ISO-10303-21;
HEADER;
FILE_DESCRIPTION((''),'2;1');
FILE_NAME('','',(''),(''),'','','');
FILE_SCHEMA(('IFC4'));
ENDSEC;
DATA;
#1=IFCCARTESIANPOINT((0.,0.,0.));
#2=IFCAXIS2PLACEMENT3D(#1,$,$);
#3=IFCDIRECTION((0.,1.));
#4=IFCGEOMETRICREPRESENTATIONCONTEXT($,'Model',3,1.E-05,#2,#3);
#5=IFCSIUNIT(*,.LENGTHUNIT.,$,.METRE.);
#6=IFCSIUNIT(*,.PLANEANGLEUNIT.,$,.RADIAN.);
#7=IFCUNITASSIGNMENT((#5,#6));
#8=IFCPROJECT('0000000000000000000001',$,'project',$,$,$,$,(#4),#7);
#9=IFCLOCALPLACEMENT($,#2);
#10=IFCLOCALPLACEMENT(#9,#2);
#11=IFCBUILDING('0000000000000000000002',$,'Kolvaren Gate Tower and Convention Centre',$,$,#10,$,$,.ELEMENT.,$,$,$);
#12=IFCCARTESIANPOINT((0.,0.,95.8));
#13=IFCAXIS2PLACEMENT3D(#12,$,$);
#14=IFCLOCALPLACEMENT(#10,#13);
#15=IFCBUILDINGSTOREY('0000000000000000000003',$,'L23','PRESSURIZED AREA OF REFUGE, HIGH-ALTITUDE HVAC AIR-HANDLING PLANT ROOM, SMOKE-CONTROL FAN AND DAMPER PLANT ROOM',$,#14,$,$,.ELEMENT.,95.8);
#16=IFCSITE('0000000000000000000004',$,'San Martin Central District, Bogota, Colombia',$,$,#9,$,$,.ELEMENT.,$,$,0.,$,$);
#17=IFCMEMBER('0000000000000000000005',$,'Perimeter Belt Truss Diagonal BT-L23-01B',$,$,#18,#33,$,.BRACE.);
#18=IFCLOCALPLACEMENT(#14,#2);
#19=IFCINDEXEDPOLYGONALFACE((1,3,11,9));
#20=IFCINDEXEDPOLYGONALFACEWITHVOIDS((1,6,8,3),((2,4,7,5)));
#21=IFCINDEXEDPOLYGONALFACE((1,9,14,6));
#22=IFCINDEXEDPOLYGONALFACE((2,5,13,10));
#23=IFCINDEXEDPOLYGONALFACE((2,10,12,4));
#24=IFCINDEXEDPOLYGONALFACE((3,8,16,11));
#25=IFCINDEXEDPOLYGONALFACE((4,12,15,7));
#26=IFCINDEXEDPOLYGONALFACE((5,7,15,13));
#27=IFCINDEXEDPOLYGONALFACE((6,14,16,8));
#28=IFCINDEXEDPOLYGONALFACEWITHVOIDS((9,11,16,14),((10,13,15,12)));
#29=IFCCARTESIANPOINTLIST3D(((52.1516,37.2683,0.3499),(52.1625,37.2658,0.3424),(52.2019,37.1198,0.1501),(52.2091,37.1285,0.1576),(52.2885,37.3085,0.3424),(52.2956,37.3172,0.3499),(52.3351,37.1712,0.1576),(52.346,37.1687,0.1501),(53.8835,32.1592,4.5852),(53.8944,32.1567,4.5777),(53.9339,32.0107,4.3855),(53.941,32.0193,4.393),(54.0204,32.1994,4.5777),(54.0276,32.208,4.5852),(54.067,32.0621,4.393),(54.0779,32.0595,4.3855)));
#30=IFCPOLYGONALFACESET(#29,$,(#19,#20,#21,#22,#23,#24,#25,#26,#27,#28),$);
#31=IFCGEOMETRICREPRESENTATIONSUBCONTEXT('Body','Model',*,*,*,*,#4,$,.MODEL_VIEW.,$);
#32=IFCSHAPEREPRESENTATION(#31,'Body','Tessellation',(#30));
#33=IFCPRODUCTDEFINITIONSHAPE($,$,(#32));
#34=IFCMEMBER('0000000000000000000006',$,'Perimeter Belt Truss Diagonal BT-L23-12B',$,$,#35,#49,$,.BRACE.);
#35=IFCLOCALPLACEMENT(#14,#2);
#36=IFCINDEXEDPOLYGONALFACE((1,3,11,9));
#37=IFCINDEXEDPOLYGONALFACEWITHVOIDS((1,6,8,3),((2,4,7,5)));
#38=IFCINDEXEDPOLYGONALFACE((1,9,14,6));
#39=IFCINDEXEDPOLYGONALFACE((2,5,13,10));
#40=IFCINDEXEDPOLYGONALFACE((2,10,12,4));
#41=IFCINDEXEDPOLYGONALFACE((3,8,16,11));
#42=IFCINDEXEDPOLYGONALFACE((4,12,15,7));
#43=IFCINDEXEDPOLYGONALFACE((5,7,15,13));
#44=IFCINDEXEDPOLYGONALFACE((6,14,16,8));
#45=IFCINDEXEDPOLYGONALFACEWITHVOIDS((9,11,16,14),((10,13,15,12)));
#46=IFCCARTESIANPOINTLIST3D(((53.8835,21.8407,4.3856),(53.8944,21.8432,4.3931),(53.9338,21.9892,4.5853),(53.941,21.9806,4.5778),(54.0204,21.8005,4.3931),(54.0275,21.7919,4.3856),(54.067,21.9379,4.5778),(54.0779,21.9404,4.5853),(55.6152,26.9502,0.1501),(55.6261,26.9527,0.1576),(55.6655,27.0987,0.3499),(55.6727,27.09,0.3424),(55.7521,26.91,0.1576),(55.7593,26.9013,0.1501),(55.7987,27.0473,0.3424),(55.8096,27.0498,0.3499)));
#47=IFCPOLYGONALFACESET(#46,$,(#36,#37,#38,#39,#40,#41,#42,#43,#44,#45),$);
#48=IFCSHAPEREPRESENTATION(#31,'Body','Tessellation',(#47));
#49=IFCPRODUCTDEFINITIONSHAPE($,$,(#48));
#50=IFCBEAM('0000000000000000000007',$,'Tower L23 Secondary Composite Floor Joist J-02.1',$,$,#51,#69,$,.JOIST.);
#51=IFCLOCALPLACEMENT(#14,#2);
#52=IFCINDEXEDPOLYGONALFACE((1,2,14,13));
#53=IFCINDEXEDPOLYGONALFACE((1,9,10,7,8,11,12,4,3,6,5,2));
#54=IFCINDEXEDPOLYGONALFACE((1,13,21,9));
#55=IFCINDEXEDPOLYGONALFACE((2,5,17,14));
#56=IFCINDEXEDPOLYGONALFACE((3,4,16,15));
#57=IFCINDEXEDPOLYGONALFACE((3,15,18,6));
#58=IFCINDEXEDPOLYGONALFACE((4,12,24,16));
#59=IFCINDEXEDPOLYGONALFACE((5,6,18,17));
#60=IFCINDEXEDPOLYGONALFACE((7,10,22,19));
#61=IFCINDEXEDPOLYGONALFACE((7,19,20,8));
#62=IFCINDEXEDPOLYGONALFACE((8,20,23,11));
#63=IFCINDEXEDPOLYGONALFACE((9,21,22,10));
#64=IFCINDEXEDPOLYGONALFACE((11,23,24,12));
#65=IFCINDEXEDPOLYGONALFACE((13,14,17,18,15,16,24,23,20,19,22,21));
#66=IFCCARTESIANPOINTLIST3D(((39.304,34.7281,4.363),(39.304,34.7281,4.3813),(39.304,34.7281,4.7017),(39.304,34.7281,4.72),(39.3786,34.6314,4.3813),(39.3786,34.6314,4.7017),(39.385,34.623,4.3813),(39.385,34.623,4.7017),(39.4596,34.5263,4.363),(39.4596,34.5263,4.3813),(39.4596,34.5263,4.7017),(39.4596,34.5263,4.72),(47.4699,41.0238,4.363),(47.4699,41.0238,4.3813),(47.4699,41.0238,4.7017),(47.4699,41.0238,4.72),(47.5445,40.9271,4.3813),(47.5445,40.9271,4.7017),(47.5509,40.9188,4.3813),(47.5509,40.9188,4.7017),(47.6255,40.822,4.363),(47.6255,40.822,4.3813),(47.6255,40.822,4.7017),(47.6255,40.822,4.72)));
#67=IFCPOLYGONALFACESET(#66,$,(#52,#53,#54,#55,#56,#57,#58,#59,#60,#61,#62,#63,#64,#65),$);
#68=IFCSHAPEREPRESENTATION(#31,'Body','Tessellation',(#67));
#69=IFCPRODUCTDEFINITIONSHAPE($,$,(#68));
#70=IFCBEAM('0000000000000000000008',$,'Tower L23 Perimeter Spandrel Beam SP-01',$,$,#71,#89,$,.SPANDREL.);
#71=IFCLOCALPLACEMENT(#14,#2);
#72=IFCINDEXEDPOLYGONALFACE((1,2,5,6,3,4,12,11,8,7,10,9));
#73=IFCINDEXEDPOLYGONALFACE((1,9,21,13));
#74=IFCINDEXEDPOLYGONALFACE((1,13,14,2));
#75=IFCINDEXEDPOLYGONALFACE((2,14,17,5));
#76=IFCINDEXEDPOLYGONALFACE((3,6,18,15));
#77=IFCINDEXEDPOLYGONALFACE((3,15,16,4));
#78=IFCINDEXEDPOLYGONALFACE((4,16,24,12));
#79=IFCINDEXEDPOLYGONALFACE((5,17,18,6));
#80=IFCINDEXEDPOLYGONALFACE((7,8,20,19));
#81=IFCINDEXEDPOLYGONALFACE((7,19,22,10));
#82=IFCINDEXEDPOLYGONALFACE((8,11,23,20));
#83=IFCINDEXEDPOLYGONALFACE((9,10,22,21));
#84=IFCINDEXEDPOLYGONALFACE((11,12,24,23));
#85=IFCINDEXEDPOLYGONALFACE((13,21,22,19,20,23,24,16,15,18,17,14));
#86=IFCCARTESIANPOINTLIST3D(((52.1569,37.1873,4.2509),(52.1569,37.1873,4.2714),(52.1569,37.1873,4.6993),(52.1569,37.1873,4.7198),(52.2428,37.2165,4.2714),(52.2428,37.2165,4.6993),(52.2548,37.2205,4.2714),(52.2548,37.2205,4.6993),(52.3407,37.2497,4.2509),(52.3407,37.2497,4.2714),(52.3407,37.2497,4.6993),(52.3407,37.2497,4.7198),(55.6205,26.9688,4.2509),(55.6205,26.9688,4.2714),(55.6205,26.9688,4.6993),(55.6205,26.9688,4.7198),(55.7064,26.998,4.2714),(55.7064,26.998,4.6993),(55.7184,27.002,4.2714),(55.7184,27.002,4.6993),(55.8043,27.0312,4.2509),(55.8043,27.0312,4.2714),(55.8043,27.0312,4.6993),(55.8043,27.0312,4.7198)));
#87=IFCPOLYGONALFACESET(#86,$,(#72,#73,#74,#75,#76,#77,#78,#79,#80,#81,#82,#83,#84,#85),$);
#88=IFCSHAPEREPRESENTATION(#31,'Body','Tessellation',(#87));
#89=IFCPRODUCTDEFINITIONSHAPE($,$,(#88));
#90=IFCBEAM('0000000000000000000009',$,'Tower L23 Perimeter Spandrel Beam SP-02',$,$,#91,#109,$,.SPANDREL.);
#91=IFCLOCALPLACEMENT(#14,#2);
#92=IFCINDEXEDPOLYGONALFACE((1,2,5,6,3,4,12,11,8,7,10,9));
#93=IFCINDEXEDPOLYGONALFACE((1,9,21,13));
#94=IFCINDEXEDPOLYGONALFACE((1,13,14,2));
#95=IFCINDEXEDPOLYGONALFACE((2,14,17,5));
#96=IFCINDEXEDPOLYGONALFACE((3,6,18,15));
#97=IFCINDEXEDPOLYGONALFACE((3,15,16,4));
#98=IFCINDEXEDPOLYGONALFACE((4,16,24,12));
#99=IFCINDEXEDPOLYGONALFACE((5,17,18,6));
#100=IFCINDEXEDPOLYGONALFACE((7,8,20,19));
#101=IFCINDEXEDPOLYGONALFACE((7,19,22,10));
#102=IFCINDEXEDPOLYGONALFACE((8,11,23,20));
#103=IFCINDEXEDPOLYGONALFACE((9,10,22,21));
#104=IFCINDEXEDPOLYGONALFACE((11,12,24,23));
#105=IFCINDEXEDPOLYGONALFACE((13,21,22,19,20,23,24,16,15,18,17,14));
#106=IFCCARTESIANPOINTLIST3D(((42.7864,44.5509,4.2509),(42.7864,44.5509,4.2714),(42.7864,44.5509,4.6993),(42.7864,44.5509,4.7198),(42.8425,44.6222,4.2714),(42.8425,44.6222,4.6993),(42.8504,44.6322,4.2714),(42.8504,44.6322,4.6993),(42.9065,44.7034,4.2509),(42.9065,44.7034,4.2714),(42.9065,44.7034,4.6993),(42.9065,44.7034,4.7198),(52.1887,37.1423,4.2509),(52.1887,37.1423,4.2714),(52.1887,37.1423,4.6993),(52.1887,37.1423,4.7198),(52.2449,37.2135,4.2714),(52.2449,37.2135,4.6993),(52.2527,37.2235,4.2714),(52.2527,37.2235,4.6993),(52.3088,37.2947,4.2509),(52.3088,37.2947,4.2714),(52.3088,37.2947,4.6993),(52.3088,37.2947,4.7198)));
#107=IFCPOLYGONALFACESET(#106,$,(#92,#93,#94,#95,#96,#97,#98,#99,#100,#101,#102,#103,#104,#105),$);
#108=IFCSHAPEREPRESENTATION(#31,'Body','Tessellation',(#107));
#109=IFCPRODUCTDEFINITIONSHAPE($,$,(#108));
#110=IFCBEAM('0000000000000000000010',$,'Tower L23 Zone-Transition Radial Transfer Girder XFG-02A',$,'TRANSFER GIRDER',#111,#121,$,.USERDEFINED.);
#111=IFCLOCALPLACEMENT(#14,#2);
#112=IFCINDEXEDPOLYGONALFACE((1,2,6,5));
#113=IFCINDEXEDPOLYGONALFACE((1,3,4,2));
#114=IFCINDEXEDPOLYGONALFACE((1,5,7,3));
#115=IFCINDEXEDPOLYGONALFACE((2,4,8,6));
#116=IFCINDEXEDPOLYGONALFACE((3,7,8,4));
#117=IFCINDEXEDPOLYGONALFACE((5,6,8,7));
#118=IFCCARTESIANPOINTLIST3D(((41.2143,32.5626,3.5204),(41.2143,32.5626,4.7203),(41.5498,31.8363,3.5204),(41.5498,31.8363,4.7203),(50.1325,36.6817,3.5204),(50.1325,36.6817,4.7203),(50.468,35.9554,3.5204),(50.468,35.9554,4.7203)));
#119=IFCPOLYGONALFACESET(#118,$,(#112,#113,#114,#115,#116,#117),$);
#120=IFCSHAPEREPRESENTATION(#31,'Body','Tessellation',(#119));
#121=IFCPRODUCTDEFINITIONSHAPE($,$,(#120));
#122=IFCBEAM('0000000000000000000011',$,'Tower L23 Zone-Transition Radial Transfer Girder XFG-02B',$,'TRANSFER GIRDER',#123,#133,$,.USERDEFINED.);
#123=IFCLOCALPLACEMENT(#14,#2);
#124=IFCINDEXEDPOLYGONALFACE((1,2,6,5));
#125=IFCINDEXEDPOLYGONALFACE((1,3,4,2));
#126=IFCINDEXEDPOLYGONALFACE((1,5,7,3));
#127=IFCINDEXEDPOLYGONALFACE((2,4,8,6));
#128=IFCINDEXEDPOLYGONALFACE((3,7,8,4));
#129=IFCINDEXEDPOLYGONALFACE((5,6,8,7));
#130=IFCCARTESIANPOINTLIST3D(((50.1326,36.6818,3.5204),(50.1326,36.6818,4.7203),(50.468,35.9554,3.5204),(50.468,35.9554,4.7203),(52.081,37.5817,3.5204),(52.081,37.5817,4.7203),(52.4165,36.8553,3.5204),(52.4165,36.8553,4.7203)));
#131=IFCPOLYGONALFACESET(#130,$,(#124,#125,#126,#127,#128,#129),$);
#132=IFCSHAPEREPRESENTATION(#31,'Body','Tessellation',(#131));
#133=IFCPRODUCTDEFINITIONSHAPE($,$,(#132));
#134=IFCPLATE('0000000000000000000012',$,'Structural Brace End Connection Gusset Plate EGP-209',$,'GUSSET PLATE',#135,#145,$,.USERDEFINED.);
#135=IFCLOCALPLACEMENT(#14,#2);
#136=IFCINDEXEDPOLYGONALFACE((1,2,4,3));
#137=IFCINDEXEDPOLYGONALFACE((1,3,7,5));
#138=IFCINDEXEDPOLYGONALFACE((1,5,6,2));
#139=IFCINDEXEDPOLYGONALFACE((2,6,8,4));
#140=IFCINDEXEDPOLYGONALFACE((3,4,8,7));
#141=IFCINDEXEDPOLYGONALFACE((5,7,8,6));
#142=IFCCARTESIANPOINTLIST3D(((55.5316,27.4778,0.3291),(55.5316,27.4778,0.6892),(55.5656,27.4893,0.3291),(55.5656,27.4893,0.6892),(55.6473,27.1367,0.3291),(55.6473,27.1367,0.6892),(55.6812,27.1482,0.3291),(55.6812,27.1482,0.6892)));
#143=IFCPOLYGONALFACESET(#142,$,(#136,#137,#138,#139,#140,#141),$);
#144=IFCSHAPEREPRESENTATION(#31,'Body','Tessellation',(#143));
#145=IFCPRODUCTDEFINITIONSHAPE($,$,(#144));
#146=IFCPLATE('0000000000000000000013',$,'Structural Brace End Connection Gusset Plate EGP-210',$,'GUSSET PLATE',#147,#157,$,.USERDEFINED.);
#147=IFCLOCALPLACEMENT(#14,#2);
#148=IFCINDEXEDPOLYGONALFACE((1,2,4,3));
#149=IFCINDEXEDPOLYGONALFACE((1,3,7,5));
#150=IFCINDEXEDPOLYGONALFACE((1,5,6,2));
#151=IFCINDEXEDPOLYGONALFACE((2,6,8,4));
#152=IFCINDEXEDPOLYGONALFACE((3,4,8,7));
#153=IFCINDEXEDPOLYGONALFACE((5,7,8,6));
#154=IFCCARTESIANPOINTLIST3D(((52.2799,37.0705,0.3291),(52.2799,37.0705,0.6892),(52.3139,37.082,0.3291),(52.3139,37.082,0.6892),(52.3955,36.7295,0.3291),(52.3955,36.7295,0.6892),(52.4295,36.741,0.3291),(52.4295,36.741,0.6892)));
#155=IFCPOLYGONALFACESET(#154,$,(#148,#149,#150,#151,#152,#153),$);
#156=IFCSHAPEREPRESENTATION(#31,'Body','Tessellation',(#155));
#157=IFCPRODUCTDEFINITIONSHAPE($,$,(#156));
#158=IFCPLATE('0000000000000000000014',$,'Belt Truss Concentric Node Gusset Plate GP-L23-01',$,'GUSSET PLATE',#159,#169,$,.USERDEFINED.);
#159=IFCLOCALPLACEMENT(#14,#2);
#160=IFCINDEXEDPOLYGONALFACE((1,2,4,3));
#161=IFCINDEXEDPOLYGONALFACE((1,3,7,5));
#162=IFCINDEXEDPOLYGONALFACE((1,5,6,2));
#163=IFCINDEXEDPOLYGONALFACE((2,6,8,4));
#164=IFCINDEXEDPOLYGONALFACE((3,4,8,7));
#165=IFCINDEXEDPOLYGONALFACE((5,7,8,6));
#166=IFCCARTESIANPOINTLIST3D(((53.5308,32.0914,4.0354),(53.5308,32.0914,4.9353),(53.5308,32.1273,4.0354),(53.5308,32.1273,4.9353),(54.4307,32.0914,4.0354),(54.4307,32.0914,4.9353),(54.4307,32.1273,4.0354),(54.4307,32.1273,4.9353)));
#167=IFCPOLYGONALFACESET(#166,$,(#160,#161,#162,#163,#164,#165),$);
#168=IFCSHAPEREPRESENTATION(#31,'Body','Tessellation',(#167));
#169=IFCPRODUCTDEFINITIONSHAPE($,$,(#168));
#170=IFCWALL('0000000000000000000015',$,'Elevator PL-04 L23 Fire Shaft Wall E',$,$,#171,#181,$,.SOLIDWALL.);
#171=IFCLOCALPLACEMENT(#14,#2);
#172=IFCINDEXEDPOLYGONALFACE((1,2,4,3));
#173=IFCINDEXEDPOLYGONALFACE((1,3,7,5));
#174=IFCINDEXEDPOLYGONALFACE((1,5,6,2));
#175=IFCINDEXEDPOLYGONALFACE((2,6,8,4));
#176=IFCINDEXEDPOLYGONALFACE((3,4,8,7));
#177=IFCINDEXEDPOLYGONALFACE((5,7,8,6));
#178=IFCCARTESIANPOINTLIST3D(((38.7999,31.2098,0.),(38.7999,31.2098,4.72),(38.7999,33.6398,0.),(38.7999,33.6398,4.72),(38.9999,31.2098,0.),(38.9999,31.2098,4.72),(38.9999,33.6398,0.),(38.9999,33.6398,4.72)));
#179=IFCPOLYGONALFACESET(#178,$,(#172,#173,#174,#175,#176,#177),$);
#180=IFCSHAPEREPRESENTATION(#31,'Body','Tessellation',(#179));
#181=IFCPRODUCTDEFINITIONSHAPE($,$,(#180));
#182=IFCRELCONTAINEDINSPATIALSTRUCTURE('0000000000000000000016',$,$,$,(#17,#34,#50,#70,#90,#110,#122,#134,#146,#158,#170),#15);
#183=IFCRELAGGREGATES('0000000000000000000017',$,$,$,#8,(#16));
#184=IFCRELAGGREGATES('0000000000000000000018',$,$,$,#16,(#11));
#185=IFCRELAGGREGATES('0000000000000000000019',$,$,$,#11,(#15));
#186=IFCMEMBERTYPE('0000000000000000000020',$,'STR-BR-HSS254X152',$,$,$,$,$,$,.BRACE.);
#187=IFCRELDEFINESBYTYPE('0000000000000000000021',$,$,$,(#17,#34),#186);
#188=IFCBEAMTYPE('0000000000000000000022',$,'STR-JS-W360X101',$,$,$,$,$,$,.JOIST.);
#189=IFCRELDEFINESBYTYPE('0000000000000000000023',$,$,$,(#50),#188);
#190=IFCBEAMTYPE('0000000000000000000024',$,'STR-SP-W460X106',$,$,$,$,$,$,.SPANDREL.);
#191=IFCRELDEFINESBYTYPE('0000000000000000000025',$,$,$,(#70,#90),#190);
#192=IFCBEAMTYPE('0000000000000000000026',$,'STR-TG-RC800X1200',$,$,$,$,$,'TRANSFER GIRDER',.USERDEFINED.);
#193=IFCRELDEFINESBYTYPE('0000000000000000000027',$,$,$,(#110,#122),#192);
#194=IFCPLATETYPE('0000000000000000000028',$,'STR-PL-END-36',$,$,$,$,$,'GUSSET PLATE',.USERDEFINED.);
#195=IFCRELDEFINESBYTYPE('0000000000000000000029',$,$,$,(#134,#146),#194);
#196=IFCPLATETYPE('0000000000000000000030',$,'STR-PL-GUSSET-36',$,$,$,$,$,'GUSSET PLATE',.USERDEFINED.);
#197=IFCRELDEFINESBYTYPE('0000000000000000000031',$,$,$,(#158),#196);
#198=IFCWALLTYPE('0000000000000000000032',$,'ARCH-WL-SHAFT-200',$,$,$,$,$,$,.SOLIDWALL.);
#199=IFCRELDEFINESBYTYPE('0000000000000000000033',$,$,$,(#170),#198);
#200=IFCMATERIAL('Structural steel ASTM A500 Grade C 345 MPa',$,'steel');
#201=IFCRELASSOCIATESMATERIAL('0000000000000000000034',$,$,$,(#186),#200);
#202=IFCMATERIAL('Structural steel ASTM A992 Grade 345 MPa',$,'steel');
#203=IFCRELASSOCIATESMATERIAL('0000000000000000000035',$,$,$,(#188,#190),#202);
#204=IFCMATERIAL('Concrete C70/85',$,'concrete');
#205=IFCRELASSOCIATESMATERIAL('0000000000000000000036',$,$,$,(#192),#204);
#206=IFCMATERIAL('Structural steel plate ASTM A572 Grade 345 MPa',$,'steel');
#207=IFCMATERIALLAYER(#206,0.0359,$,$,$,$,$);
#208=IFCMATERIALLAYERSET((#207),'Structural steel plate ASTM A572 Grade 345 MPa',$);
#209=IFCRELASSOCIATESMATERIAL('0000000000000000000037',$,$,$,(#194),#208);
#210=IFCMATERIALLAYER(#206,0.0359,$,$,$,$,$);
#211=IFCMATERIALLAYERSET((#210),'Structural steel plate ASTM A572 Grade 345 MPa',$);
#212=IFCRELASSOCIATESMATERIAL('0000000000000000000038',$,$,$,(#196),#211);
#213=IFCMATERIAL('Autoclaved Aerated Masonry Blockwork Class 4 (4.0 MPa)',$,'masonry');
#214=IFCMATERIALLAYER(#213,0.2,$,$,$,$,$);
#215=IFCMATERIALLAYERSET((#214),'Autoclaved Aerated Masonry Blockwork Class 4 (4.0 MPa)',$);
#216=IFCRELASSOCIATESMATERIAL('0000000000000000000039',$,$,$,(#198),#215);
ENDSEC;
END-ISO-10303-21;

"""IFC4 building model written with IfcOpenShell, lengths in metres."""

from ifc_helpers import new_model, si_unit, direction, frame, frame_2d, origin, origin_2d, place, context, subcontext, project, spatial, rectangle, hollow_rectangle, i_section, extrude, material, layer, layer_set, material_profile, profile_set, type_object, element, save


model = new_model("IFC4")

# Units and contexts
model_context = context("Model", 3, precision=1e-05, world=origin(), true_north=direction((0.0, 1.0)))
body_context = subcontext(model_context, "Body", "Model", "MODEL_VIEW")
ifc_project = project(units=[si_unit("LENGTHUNIT", "METRE"), si_unit("PLANEANGLEUNIT", "RADIAN")], contexts=[model_context])

# Site, building, storey
site_placement = place(None, origin())
site = spatial("IfcSite", under=ifc_project, at=site_placement, Name="San Martin Central District, Bogota, Colombia", CompositionType="ELEMENT", RefElevation=0.0)
building_placement = place(site_placement, origin())
building = spatial("IfcBuilding", under=site, at=building_placement, Name="Kolvaren Gate Tower and Convention Centre", CompositionType="ELEMENT")
storey_placement = place(building_placement, frame((0.0, 0.0, 95.8)))
storey = spatial("IfcBuildingStorey", under=building, at=storey_placement, Name="L23", Description="PRESSURIZED AREA OF REFUGE, HIGH-ALTITUDE HVAC AIR-HANDLING PLANT ROOM, SMOKE-CONTROL FAN AND DAMPER PLANT ROOM", CompositionType="ELEMENT", Elevation=95.8)

# Shared definitions
ifc_material_1 = material(Name="Concrete C70/85", Category="concrete")

# Shared definitions
ifc_material_2 = material(Name="Structural steel ASTM A992 Grade 345 MPa", Category="steel")

# Members
ifc_material_3 = material(Name="Structural steel ASTM A500 Grade C 345 MPa", Category="steel")
ifc_material_profile_1 = material_profile(ifc_material_3, hollow_rectangle(XDim=0.1521, YDim=0.2539, WallThickness=0.0095, at=origin_2d()), Name="HSS254X152X9.5")
ifc_profile_set_1 = profile_set([ifc_material_profile_1], Name="Structural steel ASTM A500 Grade C 345 MPa")
member_type_1 = type_object("IfcMemberType", Name="STR-BR-HSS254X152", PredefinedType="BRACE", material=ifc_profile_set_1)
member_1_placement = place(storey_placement, frame((52.2488, 37.2185, 0.25), z_axis=(0.252518, -0.744918, 0.61752), x_axis=(0.947064, 0.321043, 0.0)))
element("IfcMember", 1, at=member_1_placement, inside=storey, type_object=member_type_1, Name="Perimeter Belt Truss Diagonal BT-L23-01B", PredefinedType="BRACE", context=body_context, shape_type="SweptSolid", body=[
    extrude(hollow_rectangle(XDim=0.1521, YDim=0.2539, WallThickness=0.0095, at=origin_2d()), origin(), (0.0, 0.0, 1.0), 6.8586),
])
member_2_placement = place(storey_placement, frame((55.7124, 27.0, 0.25), z_axis=(-0.252478, -0.744941, 0.617509), x_axis=(0.947083, -0.320989, 0.0)))
element("IfcMember", 2, at=member_2_placement, inside=storey, type_object=member_type_1, Name="Perimeter Belt Truss Diagonal BT-L23-12B", PredefinedType="BRACE", context=body_context, shape_type="SweptSolid", body=[
    extrude(hollow_rectangle(XDim=0.1521, YDim=0.2539, WallThickness=0.0095, at=origin_2d()), origin(), (0.0, 0.0, 1.0), 6.8589),
])

# Beams
ifc_material_profile_2 = material_profile(ifc_material_2, i_section(OverallWidth=0.2549, OverallDepth=0.3569, WebThickness=0.0105, FlangeThickness=0.0183, at=origin_2d()), Name="W360X101")
ifc_profile_set_2 = profile_set([ifc_material_profile_2], Name="Structural steel ASTM A992 Grade 345 MPa")
beam_type_1 = type_object("IfcBeamType", Name="STR-JS-W360X101", PredefinedType="JOIST", material=ifc_profile_set_2)
beam_1_placement = place(storey_placement, frame((39.3818, 34.6272, 4.5415), z_axis=(0.791954, 0.610581, 0.0), x_axis=(-0.610581, 0.791954, 0.0)))
element("IfcBeam", 3, at=beam_1_placement, inside=storey, type_object=beam_type_1, Name="Tower L23 Secondary Composite Floor Joist J-02.1", PredefinedType="JOIST", context=body_context, shape_type="SweptSolid", body=[
    extrude(i_section(OverallWidth=0.2549, OverallDepth=0.3569, WebThickness=0.0105, FlangeThickness=0.0183, at=origin_2d()), origin(), (0.0, 0.0, 1.0), 10.311),
])
ifc_material_profile_3 = material_profile(ifc_material_2, i_section(OverallWidth=0.1941, OverallDepth=0.469, WebThickness=0.0127, FlangeThickness=0.0205, at=origin_2d()), Name="W460X106")
ifc_profile_set_3 = profile_set([ifc_material_profile_3], Name="Structural steel ASTM A992 Grade 345 MPa")
beam_type_2 = type_object("IfcBeamType", Name="STR-SP-W460X106", PredefinedType="SPANDREL", material=ifc_profile_set_3)
beam_2_placement = place(storey_placement, frame((55.7124, 27.0, 4.4854), z_axis=(-0.321016, 0.947074, 0.0), x_axis=(-0.947074, -0.321016, 0.0)))
element("IfcBeam", 4, at=beam_2_placement, inside=storey, type_object=beam_type_2, Name="Tower L23 Perimeter Spandrel Beam SP-01", PredefinedType="SPANDREL", context=body_context, shape_type="SweptSolid", body=[
    extrude(i_section(OverallWidth=0.1941, OverallDepth=0.469, WebThickness=0.0127, FlangeThickness=0.0205, at=origin_2d()), origin(), (0.0, 0.0, 1.0), 10.7896),
])
beam_3_placement = place(storey_placement, frame((52.2488, 37.2185, 4.4854), z_axis=(-0.78546, 0.618913, 0.0), x_axis=(-0.618913, -0.78546, 0.0)))
element("IfcBeam", 5, at=beam_3_placement, inside=storey, type_object=beam_type_2, Name="Tower L23 Perimeter Spandrel Beam SP-02", PredefinedType="SPANDREL", context=body_context, shape_type="SweptSolid", body=[
    extrude(i_section(OverallWidth=0.1941, OverallDepth=0.469, WebThickness=0.0127, FlangeThickness=0.0205, at=origin_2d()), origin(), (0.0, 0.0, 1.0), 11.9705),
])
ifc_material_profile_4 = material_profile(ifc_material_1, rectangle(XDim=0.8, YDim=1.2, at=origin_2d()), Name="RC-BM-800X1200")
ifc_profile_set_4 = profile_set([ifc_material_profile_4], Name="Concrete C70/85")
beam_type_3 = type_object("IfcBeamType", Name="STR-TG-RC800X1200", ElementType="TRANSFER GIRDER", PredefinedType="USERDEFINED", material=ifc_profile_set_4)
beam_4_placement = place(storey_placement, frame((41.3821, 32.1995, 4.1204), z_axis=(0.907842, 0.419313, 0.0), x_axis=(-0.419313, 0.907842, 0.0)))
element("IfcBeam", 6, at=beam_4_placement, inside=storey, type_object=beam_type_3, Name="Tower L23 Zone-Transition Radial Transfer Girder XFG-02A", ObjectType="TRANSFER GIRDER", PredefinedType="USERDEFINED", context=body_context, shape_type="SweptSolid", body=[
    extrude(rectangle(XDim=0.8, YDim=1.2, at=origin_2d()), origin(), (0.0, 0.0, 1.0), 9.8235),
])
beam_5_placement = place(storey_placement, frame((50.3003, 36.3186, 4.1204), z_axis=(0.907853, 0.419289, 0.0), x_axis=(-0.419289, 0.907853, 0.0)))
element("IfcBeam", 7, at=beam_5_placement, inside=storey, type_object=beam_type_3, Name="Tower L23 Zone-Transition Radial Transfer Girder XFG-02B", ObjectType="TRANSFER GIRDER", PredefinedType="USERDEFINED", context=body_context, shape_type="SweptSolid", body=[
    extrude(rectangle(XDim=0.8, YDim=1.2, at=origin_2d()), origin(), (0.0, 0.0, 1.0), 2.1462),
])

# Plates
ifc_material_4 = material(Name="Structural steel plate ASTM A572 Grade 345 MPa", Category="steel")
ifc_layer_1 = layer(ifc_material_4, 0.0359)
ifc_layer_set_1 = layer_set([ifc_layer_1], Name="Structural steel plate ASTM A572 Grade 345 MPa")
plate_type_1 = type_object("IfcPlateType", Name="STR-PL-END-36", ElementType="GUSSET PLATE", PredefinedType="USERDEFINED", material=ifc_layer_set_1)
for number, where, z_axis, x_axis, name in (
    (8, (55.6064, 27.313, 0.3291), (0.0, 0.0, 1.0), (-0.321028, 0.94707, 0.0), "Structural Brace End Connection Gusset Plate EGP-209"),
    (9, (52.3547, 36.9058, 0.3291), (0.0, 0.0, 1.0), (0.321011, -0.947075, 0.0), "Structural Brace End Connection Gusset Plate EGP-210"),
):
    element("IfcPlate", number, at=place(storey_placement, frame(where, z_axis=z_axis, x_axis=x_axis)), inside=storey, type_object=plate_type_1, Name=name, ObjectType="GUSSET PLATE", PredefinedType="USERDEFINED", context=body_context, shape_type="SweptSolid", body=[
        extrude(rectangle(XDim=0.3601, YDim=0.0359, at=origin_2d()), origin(), (0.0, 0.0, 1.0), 0.3601),
    ])
ifc_layer_2 = layer(ifc_material_4, 0.0359)
ifc_layer_set_2 = layer_set([ifc_layer_2], Name="Structural steel plate ASTM A572 Grade 345 MPa")
plate_type_2 = type_object("IfcPlateType", Name="STR-PL-GUSSET-36", ElementType="GUSSET PLATE", PredefinedType="USERDEFINED", material=ifc_layer_set_2)
plate_placement = place(storey_placement, frame((53.9807, 32.1094, 4.0354), z_axis=(0.0, 0.0, 1.0), x_axis=(1.0, 0.0, 0.0)))
element("IfcPlate", 10, at=plate_placement, inside=storey, type_object=plate_type_2, Name="Belt Truss Concentric Node Gusset Plate GP-L23-01", ObjectType="GUSSET PLATE", PredefinedType="USERDEFINED", context=body_context, shape_type="SweptSolid", body=[
    extrude(rectangle(XDim=0.8999, YDim=0.0359, at=origin_2d()), origin(), (0.0, 0.0, 1.0), 0.8999),
])

# Wall
ifc_material_5 = material(Name="Autoclaved Aerated Masonry Blockwork Class 4 (4.0 MPa)", Category="masonry")
ifc_layer_3 = layer(ifc_material_5, 0.2)
ifc_layer_set_3 = layer_set([ifc_layer_3], Name="Autoclaved Aerated Masonry Blockwork Class 4 (4.0 MPa)")
wall_type_1 = type_object("IfcWallType", Name="ARCH-WL-SHAFT-200", PredefinedType="SOLIDWALL", material=ifc_layer_set_3)
wall_1_placement = place(storey_placement, frame((38.8999, 31.21, 0.0), z_axis=(0.0, 0.0, 1.0), x_axis=(0.0, 1.0, 0.0)))
element("IfcWall", 11, at=wall_1_placement, inside=storey, type_object=wall_type_1, Name="Elevator PL-04 L23 Fire Shaft Wall E", PredefinedType="SOLIDWALL", context=body_context, shape_type="SweptSolid", body=[
    extrude(rectangle(XDim=2.4299, YDim=0.2, at=frame_2d((1.2148, 0.0))), origin(), (0.0, 0.0, 1.0), 4.72),
])

save(model, "model.ifc")
